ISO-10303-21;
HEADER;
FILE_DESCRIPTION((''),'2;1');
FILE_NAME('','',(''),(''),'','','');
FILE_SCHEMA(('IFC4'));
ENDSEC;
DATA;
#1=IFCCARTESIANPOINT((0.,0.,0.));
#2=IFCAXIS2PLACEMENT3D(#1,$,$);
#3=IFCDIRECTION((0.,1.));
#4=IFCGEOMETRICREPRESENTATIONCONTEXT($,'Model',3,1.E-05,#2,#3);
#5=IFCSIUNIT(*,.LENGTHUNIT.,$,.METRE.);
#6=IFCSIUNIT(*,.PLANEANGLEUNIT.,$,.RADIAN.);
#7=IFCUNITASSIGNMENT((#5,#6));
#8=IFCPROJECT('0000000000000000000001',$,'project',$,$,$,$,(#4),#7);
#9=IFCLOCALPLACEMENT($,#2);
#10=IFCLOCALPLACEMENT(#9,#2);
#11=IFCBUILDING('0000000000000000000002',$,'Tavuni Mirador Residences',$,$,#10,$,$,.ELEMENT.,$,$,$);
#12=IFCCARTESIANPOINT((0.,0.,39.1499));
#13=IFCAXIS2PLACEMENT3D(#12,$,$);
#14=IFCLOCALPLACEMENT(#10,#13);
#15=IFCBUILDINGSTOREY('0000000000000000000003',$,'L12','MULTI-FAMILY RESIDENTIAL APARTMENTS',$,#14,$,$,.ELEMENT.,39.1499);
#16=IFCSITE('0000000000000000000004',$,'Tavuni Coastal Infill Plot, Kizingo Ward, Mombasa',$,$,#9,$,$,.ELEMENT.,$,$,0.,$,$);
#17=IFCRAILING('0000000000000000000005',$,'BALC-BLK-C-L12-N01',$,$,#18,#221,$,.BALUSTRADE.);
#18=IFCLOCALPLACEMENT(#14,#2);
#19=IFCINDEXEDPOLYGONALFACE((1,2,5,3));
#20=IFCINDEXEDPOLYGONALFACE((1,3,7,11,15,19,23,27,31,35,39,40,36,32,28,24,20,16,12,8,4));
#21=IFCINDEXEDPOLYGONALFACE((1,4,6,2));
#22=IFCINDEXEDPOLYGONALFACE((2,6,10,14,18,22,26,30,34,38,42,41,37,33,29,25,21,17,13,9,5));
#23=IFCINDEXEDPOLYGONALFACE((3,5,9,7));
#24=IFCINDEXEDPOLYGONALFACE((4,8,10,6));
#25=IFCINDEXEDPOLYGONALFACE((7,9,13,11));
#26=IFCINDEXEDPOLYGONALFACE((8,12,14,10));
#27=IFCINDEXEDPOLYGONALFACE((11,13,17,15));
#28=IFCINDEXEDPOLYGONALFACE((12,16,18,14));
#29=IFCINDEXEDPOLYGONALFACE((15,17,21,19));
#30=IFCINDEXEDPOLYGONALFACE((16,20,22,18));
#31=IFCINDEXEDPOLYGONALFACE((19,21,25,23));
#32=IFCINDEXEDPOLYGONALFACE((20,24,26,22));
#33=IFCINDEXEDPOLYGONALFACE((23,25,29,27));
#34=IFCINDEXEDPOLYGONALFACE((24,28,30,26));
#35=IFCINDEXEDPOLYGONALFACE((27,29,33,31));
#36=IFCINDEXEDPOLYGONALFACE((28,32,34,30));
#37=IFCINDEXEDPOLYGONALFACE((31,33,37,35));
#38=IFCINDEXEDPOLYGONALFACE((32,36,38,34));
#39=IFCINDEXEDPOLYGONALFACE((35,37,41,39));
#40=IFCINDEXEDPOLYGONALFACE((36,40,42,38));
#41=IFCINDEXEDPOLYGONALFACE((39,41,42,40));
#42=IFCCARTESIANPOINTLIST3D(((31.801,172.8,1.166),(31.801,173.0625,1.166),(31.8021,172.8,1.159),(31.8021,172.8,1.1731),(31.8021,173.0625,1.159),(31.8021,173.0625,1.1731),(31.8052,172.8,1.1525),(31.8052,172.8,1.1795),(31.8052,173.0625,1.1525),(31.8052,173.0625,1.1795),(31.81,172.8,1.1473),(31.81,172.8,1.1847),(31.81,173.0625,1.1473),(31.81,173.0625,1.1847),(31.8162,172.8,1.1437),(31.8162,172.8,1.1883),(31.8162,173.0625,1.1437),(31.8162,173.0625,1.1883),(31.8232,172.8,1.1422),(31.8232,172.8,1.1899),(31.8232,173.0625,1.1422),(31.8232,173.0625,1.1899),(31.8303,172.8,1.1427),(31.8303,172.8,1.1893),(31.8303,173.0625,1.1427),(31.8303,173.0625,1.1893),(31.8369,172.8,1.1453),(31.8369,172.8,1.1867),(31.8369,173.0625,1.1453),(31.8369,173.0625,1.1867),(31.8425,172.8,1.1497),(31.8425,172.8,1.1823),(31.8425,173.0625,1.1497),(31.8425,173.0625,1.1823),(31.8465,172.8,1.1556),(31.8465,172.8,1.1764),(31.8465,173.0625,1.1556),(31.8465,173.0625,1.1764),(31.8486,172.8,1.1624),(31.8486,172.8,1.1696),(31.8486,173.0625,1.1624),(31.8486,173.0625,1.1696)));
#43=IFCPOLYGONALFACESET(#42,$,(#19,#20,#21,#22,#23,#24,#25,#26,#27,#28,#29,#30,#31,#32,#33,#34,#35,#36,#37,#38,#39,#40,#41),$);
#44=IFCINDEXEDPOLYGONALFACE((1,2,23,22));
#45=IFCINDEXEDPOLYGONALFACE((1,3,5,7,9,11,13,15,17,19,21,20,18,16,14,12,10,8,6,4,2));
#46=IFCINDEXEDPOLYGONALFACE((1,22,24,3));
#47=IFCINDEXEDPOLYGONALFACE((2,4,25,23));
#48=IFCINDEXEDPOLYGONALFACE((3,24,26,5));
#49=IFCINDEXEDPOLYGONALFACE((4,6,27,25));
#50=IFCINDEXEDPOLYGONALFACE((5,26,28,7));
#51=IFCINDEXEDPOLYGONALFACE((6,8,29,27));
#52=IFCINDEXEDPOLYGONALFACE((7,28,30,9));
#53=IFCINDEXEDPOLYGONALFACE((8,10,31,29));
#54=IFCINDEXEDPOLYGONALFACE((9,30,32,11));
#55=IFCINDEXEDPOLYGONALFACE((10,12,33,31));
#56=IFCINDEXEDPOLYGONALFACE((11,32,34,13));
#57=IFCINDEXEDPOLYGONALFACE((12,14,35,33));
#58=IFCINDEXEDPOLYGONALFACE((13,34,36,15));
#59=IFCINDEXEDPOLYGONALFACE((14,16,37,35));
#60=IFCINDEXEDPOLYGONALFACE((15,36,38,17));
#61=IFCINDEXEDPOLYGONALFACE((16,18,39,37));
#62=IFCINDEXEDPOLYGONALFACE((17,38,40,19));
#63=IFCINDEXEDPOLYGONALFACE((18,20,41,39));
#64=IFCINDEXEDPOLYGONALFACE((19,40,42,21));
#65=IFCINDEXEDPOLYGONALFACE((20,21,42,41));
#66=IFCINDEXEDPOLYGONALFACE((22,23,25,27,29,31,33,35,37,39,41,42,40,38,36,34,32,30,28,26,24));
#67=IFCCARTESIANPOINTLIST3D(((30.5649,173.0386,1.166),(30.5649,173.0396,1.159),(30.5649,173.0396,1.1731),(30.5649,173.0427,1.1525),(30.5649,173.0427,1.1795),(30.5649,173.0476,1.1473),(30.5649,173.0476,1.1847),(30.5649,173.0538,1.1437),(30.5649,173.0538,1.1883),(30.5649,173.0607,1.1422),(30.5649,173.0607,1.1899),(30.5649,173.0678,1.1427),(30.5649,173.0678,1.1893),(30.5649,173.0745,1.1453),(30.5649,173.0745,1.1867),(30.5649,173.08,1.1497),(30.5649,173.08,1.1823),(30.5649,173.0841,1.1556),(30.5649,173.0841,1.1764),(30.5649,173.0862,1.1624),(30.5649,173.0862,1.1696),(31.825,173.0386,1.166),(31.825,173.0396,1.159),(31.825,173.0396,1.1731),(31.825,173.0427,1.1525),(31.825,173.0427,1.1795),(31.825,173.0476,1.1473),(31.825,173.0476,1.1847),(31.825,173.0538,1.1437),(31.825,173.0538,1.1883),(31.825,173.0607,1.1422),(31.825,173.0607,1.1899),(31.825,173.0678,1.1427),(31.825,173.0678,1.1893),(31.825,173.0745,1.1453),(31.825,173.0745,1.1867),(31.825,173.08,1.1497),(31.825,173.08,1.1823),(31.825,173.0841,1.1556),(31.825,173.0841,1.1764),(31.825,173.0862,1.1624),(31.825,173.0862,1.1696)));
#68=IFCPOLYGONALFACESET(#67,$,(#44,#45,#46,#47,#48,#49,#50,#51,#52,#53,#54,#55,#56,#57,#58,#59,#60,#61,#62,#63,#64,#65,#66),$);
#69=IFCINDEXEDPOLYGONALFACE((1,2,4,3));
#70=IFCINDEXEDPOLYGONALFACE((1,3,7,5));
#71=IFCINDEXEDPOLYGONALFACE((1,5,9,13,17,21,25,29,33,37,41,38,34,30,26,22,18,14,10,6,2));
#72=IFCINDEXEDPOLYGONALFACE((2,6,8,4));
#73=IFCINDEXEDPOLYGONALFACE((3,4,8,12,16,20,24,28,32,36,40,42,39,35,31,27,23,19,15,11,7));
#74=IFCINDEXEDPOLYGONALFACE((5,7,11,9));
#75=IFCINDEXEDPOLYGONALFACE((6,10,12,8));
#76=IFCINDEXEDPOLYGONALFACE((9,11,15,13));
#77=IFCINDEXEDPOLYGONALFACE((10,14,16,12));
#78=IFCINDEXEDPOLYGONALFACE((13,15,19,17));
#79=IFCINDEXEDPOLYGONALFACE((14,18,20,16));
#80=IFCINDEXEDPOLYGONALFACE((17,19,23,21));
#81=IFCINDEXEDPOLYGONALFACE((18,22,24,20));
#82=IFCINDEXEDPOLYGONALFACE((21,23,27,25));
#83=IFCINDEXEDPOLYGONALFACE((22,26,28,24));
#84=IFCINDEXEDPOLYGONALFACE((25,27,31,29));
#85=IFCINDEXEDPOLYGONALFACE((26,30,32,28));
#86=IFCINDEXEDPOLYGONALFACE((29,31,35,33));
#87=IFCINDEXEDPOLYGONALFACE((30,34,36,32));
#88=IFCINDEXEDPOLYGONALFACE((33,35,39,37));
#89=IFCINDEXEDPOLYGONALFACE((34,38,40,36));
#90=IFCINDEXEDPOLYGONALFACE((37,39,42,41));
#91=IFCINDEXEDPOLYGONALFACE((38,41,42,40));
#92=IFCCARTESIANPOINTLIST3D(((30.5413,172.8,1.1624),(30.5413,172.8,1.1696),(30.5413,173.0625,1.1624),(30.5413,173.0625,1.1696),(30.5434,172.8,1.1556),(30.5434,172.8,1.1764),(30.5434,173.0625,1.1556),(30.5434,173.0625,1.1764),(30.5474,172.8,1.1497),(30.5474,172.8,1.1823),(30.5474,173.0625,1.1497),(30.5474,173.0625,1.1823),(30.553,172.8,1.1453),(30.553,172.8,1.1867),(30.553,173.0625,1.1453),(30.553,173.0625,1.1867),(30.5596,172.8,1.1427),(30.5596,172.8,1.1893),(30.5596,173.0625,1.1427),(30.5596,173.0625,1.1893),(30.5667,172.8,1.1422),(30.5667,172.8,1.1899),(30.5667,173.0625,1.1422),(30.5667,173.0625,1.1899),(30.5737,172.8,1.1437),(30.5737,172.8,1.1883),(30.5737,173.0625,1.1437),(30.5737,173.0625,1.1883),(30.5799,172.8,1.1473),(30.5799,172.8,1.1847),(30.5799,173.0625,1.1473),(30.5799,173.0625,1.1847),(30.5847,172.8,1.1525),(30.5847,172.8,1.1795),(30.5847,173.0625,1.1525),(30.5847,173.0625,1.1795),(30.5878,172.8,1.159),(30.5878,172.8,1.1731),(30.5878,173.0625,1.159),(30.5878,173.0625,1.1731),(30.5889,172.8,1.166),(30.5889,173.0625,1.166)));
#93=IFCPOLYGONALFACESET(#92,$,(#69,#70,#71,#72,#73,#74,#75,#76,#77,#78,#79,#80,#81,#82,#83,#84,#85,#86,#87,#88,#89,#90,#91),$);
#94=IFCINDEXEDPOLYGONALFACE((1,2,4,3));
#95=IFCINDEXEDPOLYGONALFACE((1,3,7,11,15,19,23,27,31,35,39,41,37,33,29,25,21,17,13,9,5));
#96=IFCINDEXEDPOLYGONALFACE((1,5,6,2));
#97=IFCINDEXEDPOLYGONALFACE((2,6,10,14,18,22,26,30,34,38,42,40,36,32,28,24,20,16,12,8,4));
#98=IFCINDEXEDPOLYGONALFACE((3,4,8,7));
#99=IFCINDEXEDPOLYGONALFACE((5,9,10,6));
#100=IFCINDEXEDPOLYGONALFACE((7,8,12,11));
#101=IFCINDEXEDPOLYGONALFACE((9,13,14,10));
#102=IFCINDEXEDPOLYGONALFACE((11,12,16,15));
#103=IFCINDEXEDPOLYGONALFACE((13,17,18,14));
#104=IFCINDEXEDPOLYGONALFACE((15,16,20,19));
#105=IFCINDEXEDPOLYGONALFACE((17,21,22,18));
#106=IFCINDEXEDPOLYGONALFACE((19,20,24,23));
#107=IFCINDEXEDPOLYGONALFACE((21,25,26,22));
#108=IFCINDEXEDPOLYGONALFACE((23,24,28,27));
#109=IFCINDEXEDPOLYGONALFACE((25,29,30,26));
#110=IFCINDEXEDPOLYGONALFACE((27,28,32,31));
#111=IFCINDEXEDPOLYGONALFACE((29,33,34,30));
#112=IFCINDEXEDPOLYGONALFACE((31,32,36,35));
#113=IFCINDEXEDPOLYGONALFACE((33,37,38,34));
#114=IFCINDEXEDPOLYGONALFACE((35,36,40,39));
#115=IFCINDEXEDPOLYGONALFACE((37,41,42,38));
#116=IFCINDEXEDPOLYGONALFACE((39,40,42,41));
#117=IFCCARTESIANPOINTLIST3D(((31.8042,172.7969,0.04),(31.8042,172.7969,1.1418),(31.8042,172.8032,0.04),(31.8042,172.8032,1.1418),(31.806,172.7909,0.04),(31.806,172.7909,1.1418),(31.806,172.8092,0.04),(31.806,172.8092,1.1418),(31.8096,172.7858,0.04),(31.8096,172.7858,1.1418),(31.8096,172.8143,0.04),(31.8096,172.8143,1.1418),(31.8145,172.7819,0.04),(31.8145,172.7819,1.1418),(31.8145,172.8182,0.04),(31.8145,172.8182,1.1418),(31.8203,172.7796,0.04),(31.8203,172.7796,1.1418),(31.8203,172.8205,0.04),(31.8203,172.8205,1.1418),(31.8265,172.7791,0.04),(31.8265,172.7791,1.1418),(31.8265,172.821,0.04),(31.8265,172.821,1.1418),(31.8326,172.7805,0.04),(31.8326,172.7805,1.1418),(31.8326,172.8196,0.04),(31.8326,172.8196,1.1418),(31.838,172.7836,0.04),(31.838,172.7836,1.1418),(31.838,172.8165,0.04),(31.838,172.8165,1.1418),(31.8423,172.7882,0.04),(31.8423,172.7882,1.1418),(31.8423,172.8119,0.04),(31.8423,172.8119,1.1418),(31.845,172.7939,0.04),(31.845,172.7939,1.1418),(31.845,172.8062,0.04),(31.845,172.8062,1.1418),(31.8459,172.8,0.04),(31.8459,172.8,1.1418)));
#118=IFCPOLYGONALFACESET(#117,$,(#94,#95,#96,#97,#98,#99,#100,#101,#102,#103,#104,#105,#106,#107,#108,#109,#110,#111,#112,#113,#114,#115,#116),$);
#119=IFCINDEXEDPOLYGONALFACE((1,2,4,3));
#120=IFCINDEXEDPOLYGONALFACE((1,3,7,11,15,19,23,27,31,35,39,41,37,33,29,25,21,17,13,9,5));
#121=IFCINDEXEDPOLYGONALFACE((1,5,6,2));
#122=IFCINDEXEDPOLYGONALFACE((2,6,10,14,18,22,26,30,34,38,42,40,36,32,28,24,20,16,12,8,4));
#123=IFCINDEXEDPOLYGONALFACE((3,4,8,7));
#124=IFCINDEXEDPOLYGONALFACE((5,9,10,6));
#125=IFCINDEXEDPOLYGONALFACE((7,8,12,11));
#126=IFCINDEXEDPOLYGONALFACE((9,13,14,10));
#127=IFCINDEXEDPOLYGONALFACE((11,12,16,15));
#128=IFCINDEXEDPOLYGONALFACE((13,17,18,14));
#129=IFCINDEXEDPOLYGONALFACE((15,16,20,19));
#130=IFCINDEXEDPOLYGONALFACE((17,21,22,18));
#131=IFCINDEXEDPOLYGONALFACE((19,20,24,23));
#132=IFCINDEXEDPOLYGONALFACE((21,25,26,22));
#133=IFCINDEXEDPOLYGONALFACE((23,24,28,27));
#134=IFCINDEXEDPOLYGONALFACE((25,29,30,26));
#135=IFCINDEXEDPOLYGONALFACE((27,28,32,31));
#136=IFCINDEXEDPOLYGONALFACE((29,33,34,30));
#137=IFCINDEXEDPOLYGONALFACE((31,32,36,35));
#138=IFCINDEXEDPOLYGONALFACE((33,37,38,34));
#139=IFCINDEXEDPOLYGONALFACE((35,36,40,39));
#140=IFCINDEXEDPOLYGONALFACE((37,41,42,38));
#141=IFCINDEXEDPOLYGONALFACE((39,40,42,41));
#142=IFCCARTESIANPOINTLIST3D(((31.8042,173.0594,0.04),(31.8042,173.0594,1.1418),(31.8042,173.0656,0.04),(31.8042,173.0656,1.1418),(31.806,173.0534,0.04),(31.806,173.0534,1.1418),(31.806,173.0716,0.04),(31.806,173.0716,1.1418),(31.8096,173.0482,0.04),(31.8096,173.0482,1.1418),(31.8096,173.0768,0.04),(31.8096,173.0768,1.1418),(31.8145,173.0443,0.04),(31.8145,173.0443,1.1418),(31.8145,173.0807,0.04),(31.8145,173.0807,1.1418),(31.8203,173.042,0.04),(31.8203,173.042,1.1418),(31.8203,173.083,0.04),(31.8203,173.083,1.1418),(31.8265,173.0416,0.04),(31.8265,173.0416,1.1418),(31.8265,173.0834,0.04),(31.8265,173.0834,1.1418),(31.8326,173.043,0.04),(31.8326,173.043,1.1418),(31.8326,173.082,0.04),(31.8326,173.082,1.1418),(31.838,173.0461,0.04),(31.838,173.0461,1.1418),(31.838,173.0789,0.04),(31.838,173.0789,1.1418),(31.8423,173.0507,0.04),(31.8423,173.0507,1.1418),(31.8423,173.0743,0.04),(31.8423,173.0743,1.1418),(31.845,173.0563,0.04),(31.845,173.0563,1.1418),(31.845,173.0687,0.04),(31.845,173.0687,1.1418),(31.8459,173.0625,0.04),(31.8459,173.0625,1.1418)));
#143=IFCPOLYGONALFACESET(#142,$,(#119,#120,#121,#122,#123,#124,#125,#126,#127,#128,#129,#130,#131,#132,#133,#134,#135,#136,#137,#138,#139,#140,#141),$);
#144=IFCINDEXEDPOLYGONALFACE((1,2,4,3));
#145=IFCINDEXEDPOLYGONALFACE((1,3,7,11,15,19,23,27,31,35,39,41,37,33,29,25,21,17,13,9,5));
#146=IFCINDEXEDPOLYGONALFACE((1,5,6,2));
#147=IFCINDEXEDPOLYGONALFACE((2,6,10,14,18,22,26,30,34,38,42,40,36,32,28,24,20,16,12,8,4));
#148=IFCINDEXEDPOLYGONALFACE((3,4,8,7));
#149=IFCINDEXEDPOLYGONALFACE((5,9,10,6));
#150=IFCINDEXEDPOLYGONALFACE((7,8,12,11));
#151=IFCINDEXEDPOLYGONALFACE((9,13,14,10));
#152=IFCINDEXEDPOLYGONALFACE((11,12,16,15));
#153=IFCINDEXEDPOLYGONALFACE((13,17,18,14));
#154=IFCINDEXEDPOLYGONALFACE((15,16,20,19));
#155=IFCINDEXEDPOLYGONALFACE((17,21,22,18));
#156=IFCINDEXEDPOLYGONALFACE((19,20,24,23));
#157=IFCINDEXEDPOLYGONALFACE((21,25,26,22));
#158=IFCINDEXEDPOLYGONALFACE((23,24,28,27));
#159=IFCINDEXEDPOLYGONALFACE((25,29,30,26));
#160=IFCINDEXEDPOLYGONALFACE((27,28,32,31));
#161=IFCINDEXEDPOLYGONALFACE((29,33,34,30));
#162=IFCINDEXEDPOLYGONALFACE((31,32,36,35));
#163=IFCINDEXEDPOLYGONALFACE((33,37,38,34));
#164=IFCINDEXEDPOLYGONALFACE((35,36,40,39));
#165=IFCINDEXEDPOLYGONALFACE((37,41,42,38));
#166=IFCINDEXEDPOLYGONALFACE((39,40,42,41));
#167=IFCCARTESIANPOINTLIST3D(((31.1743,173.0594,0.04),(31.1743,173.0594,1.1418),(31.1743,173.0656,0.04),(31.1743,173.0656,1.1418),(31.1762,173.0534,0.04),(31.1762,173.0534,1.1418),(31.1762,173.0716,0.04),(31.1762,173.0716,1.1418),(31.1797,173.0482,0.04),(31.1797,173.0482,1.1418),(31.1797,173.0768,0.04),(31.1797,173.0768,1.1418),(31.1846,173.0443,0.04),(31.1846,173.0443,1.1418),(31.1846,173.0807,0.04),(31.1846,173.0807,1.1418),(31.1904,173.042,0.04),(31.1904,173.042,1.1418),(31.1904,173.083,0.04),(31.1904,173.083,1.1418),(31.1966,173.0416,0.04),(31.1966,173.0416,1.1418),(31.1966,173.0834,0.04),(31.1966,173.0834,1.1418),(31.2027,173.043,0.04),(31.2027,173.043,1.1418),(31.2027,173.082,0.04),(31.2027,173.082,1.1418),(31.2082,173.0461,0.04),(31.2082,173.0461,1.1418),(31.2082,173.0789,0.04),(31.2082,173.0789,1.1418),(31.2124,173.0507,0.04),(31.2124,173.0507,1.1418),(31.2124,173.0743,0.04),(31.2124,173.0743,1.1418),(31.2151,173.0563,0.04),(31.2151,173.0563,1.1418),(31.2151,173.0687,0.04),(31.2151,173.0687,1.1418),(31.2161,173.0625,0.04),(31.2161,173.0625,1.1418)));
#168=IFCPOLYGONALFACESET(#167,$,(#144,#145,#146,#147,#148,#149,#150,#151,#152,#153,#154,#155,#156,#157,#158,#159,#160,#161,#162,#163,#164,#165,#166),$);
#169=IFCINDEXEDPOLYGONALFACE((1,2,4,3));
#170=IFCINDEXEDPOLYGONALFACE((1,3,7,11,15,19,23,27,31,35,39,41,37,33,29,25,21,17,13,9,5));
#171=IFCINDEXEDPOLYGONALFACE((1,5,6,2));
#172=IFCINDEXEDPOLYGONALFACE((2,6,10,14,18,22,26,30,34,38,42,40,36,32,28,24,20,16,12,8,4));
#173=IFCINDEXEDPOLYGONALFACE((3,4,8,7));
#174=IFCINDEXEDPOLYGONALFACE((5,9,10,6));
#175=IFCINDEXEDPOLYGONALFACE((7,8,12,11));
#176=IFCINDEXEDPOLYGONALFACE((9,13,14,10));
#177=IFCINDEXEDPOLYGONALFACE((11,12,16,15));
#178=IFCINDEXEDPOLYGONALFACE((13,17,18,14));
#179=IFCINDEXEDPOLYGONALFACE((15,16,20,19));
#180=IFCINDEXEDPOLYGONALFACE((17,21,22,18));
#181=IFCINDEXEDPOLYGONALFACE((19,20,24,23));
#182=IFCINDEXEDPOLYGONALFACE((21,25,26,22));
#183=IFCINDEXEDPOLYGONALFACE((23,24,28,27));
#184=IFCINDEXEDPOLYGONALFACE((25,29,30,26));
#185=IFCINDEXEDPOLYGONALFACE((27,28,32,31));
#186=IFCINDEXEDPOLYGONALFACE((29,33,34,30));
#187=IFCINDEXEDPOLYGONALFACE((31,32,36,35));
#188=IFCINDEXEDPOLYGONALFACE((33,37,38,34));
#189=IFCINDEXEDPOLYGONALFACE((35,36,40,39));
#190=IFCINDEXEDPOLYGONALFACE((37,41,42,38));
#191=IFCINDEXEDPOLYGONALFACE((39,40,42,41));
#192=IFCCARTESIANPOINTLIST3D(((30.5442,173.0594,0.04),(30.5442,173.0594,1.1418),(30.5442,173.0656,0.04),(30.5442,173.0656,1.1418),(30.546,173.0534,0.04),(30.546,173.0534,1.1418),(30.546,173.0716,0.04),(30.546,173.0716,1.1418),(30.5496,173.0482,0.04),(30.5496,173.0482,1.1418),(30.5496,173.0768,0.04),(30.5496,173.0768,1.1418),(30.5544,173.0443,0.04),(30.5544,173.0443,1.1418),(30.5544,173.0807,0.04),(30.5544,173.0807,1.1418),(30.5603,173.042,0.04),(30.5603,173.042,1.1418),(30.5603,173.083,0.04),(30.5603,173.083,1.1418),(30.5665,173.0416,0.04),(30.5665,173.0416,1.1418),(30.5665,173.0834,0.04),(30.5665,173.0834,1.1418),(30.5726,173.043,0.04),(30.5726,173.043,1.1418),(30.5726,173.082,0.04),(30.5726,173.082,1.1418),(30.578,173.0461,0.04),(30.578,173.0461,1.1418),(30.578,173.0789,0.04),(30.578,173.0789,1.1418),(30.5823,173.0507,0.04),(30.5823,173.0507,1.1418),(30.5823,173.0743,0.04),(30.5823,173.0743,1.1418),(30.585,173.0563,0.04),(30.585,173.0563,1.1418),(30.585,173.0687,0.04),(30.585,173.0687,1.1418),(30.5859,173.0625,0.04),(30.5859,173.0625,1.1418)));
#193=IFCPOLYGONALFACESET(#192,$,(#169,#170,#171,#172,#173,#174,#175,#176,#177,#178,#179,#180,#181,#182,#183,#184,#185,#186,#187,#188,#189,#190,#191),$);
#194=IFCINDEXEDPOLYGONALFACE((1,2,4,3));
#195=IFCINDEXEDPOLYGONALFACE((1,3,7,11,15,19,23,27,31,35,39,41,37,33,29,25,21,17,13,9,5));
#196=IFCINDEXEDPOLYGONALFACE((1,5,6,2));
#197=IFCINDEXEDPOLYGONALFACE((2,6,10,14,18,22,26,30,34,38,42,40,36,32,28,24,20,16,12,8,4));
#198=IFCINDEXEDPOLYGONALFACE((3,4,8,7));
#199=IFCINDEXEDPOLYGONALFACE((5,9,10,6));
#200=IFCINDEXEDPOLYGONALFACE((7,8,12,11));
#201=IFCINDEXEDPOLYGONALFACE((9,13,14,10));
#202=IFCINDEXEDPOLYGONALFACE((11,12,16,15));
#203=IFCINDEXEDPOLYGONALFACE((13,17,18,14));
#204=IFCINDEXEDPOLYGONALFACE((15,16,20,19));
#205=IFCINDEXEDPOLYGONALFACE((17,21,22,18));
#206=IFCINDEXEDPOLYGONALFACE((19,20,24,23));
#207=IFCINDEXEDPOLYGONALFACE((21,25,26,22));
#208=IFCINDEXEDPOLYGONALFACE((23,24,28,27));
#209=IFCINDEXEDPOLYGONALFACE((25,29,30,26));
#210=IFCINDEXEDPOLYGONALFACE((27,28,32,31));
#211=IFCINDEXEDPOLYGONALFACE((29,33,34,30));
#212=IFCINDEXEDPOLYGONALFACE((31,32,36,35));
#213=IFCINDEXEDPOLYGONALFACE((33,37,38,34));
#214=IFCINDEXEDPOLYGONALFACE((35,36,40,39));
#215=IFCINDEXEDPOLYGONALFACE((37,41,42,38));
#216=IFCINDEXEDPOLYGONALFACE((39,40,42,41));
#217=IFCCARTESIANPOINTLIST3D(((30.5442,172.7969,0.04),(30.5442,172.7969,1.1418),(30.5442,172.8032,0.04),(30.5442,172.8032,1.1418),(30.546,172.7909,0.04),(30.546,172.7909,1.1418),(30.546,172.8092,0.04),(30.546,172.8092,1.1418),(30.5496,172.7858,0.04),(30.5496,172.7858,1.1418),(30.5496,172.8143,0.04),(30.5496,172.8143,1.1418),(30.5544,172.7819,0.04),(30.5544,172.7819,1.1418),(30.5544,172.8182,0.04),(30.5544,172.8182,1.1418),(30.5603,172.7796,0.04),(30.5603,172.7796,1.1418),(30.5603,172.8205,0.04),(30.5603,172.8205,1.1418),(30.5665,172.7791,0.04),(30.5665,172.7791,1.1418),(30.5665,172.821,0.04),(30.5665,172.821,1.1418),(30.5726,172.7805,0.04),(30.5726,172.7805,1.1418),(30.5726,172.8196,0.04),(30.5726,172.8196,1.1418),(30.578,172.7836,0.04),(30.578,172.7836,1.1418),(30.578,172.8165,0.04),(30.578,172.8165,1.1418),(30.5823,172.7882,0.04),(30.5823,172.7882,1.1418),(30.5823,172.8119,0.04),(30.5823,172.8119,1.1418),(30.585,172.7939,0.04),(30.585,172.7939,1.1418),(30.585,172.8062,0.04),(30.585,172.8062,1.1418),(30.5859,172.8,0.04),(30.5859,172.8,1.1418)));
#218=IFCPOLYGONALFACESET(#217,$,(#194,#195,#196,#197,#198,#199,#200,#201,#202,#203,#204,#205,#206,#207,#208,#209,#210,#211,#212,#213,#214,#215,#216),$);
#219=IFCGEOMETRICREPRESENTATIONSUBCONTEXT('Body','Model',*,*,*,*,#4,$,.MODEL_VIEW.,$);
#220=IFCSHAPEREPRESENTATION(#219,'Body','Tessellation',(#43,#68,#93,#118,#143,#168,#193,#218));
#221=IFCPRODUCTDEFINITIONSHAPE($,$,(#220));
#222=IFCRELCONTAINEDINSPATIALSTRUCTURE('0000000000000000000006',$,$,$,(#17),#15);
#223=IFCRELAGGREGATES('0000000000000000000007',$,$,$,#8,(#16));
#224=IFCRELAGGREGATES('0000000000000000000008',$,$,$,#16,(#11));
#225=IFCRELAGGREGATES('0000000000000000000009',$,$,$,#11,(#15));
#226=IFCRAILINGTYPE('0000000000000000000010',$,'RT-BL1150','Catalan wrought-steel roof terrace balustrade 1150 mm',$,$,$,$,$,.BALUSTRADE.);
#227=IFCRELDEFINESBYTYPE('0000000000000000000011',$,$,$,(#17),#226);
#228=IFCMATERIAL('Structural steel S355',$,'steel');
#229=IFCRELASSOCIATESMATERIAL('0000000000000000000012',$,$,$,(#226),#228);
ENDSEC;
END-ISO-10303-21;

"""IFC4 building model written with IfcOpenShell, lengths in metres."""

from ifc_helpers import new_model, si_unit, direction, frame, origin, origin_2d, place, context, subcontext, project, spatial, circle, extrude, material, type_object, element, save


model = new_model("IFC4")

# Units and contexts
model_context = context("Model", 3, precision=1e-05, world=origin(), true_north=direction((0.0, 1.0)))
body_context = subcontext(model_context, "Body", "Model", "MODEL_VIEW")
ifc_project = project(units=[si_unit("LENGTHUNIT", "METRE"), si_unit("PLANEANGLEUNIT", "RADIAN")], contexts=[model_context])

# Site, building, storey
site_placement = place(None, origin())
site = spatial("IfcSite", under=ifc_project, at=site_placement, Name="Tavuni Coastal Infill Plot, Kizingo Ward, Mombasa", CompositionType="ELEMENT", RefElevation=0.0)
building_placement = place(site_placement, origin())
building = spatial("IfcBuilding", under=site, at=building_placement, Name="Tavuni Mirador Residences", CompositionType="ELEMENT")
storey_placement = place(building_placement, frame((0.0, 0.0, 39.1499)))
storey = spatial("IfcBuildingStorey", under=building, at=storey_placement, Name="L12", Description="MULTI-FAMILY RESIDENTIAL APARTMENTS", CompositionType="ELEMENT", Elevation=39.1499)

# Shared definitions
ifc_material_1 = material(Name="Structural steel S355", Category="steel")

# Railing
railing_type = type_object("IfcRailingType", Name="RT-BL1150", Description="Catalan wrought-steel roof terrace balustrade 1150 mm", PredefinedType="BALUSTRADE", material=ifc_material_1)
railing_placement = place(storey_placement, frame((31.825, 172.8, 0.04)))
element("IfcRailing", 1, at=railing_placement, inside=storey, type_object=railing_type, Name="BALC-BLK-C-L12-N01", PredefinedType="BALUSTRADE", context=body_context, shape_type="SweptSolid", body=[
    extrude(circle(Radius=0.0239, at=origin_2d()), frame((0.0, 0.0, 1.126), z_axis=(0.0, 1.0, 0.0), x_axis=(-1.0, 0.0, 0.0)), (0.0, 0.0, 1.0), 0.2625),
    extrude(circle(Radius=0.0239, at=origin_2d()), frame((0.0, 0.2625, 1.126), z_axis=(-1.0, 0.0, 0.0), x_axis=(0.0, -1.0, 0.0)), (0.0, 0.0, 1.0), 1.26),
    extrude(circle(Radius=0.0239, at=origin_2d()), frame((-1.26, 0.2625, 1.126), z_axis=(0.0, -1.0, 0.0), x_axis=(1.0, 0.0, 0.0)), (0.0, 0.0, 1.0), 0.2625),
    extrude(circle(Radius=0.021, at=origin_2d()), origin(), (0.0, 0.0, 1.0), 1.1018),
    extrude(circle(Radius=0.021, at=origin_2d()), frame((0.0, 0.2625, 0.0)), (0.0, 0.0, 1.0), 1.1018),
    extrude(circle(Radius=0.021, at=origin_2d()), frame((-0.6299, 0.2625, 0.0)), (0.0, 0.0, 1.0), 1.1018),
    extrude(circle(Radius=0.021, at=origin_2d()), frame((-1.26, 0.2625, 0.0)), (0.0, 0.0, 1.0), 1.1018),
    extrude(circle(Radius=0.021, at=origin_2d()), frame((-1.26, 0.0, 0.0)), (0.0, 0.0, 1.0), 1.1018),
])

save(model, "model.ifc")
